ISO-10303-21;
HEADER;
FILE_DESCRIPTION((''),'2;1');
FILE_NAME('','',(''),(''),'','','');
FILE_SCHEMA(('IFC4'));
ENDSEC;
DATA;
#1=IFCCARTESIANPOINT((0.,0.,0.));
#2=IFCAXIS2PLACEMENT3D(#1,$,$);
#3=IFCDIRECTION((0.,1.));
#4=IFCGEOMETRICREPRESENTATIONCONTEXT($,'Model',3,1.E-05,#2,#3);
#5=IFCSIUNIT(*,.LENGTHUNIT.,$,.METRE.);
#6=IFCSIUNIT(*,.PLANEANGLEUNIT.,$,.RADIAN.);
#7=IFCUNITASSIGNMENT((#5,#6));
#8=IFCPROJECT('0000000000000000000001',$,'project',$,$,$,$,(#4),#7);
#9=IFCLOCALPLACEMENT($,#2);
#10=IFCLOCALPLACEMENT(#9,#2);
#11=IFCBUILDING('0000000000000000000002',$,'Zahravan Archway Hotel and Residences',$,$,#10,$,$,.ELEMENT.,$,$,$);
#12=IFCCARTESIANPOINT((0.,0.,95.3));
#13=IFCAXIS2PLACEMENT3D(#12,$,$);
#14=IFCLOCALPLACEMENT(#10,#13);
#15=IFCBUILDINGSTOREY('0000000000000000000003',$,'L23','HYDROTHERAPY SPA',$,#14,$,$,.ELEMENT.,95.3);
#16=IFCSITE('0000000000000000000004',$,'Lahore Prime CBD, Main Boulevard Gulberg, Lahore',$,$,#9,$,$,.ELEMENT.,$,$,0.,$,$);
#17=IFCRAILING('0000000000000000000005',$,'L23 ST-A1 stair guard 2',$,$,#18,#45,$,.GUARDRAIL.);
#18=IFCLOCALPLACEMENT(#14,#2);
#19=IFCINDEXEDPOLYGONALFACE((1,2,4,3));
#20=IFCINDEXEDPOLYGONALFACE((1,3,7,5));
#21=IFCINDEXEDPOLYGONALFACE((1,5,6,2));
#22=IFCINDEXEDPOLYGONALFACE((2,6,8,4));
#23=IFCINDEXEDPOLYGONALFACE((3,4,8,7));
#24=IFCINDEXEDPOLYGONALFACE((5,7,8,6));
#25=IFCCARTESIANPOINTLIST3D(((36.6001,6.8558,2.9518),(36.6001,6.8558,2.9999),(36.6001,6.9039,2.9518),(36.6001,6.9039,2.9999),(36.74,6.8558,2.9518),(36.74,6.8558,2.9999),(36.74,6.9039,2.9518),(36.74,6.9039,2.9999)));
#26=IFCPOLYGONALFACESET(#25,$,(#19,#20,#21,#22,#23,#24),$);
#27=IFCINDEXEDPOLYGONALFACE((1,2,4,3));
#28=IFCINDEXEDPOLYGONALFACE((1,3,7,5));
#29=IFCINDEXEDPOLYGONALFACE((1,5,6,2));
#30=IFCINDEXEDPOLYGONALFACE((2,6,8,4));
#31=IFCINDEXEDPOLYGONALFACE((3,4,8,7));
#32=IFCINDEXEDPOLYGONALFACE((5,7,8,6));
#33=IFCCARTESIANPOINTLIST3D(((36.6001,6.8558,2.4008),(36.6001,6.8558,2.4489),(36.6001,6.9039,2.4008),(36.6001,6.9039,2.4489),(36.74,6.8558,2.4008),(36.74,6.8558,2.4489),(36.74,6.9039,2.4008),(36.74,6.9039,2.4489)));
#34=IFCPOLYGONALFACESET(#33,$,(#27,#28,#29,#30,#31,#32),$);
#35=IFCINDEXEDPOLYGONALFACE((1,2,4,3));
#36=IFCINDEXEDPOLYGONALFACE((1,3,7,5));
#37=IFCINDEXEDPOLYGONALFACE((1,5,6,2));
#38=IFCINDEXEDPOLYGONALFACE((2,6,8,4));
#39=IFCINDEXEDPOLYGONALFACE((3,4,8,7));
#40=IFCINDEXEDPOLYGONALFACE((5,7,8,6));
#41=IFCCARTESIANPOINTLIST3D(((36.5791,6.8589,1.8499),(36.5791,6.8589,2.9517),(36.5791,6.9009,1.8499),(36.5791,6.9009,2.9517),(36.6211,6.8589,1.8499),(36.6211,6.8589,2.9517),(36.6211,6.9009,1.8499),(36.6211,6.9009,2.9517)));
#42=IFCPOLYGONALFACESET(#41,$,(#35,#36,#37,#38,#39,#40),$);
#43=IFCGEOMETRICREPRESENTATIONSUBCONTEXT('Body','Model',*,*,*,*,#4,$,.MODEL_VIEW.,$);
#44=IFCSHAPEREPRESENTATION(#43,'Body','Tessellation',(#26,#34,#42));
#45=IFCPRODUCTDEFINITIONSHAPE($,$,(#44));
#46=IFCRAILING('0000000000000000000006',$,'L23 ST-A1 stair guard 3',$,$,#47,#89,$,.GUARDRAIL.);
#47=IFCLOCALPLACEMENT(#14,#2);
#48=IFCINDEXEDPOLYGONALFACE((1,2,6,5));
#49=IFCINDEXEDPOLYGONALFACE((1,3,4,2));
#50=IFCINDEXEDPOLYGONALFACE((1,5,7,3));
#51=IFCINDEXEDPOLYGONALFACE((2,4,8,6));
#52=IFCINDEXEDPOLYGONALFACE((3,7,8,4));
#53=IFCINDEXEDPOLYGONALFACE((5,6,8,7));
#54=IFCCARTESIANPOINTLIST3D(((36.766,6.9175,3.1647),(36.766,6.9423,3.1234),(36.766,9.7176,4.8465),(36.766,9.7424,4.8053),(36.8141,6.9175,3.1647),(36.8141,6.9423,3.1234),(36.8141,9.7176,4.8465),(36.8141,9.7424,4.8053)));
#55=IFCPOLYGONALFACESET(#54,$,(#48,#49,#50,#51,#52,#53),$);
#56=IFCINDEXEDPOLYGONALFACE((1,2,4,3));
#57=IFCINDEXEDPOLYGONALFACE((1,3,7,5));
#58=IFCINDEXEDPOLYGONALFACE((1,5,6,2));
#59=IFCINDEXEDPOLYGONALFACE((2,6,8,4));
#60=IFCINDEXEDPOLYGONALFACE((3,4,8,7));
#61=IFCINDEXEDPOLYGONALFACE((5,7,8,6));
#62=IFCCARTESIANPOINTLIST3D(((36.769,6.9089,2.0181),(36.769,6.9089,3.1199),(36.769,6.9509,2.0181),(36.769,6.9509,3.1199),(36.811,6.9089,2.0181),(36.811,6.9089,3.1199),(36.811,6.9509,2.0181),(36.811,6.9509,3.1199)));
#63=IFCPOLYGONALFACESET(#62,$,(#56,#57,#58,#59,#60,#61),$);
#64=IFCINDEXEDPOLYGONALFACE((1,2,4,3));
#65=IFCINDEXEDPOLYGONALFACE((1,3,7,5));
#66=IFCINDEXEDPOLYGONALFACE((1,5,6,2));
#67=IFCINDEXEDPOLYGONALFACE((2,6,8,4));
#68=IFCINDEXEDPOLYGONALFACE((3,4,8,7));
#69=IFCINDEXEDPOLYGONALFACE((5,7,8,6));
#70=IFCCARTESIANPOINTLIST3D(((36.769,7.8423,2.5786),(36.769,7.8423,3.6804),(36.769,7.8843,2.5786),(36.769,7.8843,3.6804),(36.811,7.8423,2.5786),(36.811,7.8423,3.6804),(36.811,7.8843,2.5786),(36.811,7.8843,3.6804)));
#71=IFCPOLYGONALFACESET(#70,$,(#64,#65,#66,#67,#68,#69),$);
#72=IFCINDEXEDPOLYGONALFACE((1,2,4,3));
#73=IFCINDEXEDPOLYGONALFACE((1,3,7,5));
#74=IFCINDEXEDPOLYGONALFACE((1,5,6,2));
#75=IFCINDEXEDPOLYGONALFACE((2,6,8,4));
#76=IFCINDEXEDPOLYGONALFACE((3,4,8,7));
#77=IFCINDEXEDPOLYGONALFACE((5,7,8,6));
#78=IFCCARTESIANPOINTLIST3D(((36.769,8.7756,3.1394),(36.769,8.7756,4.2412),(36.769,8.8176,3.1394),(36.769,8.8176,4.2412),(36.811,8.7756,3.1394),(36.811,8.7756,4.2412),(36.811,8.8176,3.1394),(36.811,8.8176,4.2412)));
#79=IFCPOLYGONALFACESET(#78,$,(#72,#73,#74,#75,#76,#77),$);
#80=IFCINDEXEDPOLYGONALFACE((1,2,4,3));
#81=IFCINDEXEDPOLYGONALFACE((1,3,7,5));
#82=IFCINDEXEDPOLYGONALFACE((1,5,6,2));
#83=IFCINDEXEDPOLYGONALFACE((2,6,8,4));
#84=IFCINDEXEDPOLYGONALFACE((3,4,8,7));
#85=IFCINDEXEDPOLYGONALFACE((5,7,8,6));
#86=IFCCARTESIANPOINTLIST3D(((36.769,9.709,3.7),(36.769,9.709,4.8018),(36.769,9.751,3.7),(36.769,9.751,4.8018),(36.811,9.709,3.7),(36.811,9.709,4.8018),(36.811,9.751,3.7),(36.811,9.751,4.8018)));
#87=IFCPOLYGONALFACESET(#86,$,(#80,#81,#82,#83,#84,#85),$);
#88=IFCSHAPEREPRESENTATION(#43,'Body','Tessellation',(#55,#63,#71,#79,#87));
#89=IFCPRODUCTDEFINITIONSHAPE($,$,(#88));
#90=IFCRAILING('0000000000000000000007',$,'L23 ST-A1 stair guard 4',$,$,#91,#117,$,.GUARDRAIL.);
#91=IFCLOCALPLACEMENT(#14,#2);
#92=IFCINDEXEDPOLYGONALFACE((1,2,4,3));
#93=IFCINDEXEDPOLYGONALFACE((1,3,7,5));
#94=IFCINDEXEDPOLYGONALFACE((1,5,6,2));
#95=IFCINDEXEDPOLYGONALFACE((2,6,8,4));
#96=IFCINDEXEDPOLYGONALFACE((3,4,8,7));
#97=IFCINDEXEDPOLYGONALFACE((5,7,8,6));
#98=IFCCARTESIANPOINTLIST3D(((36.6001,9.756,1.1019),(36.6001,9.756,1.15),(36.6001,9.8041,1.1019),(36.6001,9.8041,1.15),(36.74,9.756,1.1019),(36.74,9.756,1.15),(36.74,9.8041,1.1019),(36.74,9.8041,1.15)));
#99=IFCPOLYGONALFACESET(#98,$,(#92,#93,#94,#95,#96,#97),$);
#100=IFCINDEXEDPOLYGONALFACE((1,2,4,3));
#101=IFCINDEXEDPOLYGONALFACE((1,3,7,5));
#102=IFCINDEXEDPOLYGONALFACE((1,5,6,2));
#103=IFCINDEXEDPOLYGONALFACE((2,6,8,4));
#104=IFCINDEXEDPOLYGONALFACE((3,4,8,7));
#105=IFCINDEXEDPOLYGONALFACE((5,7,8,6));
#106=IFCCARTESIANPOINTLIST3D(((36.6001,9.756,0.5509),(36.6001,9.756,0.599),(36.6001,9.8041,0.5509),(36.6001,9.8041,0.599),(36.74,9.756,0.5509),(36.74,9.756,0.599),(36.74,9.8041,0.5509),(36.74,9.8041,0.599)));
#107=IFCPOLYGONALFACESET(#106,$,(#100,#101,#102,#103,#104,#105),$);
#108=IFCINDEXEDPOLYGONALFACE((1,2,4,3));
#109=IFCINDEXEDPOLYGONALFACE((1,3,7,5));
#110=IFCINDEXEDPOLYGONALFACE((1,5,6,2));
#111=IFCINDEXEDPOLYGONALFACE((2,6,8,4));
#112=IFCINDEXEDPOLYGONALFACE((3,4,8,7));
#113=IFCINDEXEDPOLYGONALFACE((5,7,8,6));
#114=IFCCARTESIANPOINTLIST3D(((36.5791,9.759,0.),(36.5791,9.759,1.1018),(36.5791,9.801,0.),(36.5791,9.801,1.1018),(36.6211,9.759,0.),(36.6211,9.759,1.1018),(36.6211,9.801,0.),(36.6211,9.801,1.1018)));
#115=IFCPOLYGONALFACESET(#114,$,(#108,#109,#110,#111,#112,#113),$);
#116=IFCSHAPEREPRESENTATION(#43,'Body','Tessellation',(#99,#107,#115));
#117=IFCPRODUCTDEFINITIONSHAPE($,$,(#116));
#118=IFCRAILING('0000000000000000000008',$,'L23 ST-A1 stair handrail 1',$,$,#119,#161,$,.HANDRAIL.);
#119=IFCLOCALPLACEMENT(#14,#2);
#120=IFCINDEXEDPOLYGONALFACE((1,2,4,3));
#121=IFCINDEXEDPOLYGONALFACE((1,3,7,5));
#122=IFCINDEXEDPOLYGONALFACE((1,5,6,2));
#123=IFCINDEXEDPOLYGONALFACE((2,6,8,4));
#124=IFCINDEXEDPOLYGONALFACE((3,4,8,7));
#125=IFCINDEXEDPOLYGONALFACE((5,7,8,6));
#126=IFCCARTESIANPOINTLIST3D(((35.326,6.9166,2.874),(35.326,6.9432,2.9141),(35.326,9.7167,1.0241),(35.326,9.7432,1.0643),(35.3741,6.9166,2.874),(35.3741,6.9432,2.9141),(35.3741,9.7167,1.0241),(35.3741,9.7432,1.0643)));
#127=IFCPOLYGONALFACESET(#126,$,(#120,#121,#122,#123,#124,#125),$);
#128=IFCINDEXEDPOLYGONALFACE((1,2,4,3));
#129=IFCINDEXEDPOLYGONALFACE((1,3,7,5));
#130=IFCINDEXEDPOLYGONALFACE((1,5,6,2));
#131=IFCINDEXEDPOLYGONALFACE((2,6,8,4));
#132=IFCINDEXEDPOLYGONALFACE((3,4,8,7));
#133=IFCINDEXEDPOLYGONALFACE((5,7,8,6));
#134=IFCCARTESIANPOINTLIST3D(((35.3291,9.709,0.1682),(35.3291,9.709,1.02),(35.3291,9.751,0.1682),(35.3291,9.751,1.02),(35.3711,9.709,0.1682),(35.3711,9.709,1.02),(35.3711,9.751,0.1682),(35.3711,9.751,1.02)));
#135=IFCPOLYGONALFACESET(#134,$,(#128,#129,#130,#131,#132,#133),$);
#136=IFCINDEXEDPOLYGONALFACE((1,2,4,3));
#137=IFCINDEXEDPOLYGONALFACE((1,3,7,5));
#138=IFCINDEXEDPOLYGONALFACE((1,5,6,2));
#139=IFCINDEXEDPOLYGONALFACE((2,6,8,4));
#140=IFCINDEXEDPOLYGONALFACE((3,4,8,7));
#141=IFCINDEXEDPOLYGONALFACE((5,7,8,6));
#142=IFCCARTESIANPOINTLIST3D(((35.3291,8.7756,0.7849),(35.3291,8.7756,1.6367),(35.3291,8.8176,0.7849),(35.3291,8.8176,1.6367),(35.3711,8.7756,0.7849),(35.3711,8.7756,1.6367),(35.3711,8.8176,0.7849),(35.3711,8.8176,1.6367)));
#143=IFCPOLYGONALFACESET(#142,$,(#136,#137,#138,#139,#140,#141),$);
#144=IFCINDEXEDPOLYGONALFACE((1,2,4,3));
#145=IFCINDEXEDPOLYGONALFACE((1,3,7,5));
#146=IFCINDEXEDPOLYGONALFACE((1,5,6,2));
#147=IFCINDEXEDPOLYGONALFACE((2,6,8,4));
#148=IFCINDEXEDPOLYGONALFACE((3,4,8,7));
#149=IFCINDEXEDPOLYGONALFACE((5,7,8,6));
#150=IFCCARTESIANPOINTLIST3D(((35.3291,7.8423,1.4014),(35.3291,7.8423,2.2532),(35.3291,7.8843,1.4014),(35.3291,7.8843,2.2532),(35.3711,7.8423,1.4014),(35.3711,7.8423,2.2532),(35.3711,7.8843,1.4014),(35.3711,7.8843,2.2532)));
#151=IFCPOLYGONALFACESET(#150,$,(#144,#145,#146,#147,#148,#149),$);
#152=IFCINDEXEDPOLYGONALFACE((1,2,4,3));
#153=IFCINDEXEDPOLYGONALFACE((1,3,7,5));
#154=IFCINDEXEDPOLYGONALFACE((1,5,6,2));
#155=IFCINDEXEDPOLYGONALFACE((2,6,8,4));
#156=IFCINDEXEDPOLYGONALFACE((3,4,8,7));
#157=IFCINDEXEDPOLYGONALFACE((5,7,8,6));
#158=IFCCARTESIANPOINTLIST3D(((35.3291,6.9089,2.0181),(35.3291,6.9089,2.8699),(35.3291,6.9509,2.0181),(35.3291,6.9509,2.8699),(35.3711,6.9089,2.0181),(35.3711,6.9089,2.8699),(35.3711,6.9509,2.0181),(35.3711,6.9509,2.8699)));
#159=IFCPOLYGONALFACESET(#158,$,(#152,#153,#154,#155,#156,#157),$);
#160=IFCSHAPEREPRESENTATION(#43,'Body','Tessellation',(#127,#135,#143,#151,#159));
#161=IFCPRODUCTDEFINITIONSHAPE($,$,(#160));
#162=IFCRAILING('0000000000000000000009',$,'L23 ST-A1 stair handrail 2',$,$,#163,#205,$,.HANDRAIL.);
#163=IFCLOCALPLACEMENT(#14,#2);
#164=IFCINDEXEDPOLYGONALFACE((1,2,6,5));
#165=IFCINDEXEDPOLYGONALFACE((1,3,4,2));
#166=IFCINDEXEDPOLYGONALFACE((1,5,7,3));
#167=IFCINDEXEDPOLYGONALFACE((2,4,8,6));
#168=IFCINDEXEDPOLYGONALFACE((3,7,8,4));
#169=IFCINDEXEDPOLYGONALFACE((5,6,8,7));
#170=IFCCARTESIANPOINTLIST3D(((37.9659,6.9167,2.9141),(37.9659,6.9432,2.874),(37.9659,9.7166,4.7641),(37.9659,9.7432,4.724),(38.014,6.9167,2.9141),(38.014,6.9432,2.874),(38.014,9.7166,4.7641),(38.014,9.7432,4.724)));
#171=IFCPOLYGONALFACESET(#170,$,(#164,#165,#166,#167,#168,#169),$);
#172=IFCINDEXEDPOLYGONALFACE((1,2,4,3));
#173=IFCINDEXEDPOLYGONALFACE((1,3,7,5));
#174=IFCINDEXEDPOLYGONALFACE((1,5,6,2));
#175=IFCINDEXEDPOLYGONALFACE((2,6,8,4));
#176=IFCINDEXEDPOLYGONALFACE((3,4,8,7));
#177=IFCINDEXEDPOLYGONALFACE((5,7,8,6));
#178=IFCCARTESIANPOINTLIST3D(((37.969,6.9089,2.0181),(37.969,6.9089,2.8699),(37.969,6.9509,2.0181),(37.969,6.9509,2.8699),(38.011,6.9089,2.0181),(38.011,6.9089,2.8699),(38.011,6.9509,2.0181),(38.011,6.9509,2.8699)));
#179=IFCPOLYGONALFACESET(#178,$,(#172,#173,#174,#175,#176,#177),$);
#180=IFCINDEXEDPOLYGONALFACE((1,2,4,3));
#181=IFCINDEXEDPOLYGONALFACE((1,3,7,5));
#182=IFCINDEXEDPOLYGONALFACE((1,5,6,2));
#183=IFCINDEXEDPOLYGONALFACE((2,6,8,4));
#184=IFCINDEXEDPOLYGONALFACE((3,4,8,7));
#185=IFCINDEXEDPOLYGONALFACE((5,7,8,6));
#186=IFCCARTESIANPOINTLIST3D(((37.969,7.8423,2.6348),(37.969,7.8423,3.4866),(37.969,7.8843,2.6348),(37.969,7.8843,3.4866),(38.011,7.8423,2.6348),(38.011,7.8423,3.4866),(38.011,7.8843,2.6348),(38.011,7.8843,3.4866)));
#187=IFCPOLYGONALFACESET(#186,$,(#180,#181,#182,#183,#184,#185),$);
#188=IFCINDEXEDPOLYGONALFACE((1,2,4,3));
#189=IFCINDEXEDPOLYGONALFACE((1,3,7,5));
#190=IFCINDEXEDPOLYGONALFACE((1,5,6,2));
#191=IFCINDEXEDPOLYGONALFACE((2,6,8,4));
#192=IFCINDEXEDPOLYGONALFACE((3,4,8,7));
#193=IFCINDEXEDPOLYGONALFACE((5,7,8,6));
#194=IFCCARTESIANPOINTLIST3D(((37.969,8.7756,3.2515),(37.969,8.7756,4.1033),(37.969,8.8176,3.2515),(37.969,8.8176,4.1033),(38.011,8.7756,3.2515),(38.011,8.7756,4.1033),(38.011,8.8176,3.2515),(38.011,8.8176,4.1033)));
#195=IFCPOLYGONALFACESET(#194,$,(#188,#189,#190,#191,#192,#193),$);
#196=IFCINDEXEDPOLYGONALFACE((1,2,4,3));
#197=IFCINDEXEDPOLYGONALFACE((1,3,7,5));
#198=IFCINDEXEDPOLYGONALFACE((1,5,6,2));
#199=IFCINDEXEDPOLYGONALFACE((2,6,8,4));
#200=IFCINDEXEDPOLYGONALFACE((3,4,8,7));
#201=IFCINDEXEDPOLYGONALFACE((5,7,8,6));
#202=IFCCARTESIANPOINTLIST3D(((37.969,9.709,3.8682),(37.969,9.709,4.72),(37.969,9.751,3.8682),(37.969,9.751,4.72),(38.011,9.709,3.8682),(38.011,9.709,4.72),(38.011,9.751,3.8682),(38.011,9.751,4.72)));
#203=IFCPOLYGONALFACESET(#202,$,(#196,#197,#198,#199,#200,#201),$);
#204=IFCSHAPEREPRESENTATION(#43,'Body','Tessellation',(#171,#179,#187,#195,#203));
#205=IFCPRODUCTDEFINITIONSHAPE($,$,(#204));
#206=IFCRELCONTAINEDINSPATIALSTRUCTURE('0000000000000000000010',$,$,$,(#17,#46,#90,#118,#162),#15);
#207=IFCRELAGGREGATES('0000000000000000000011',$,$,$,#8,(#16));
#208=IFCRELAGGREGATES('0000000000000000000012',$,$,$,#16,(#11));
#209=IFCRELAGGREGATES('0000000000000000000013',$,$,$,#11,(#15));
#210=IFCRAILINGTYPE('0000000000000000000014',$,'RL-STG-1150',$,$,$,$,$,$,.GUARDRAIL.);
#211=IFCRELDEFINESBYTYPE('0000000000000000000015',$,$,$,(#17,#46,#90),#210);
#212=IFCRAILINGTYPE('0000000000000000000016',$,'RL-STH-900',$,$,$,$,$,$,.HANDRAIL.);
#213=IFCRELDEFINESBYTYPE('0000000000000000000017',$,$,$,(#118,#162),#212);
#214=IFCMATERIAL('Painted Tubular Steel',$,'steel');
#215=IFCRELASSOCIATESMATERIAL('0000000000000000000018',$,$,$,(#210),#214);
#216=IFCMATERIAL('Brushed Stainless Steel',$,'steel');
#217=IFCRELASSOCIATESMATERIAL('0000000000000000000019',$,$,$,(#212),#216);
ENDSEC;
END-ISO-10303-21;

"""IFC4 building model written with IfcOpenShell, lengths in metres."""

from ifc_helpers import new_model, si_unit, direction, frame, origin, origin_2d, place, context, subcontext, project, spatial, rectangle, extrude, material, type_object, element, save


model = new_model("IFC4")

# Units and contexts
model_context = context("Model", 3, precision=1e-05, world=origin(), true_north=direction((0.0, 1.0)))
body_context = subcontext(model_context, "Body", "Model", "MODEL_VIEW")
ifc_project = project(units=[si_unit("LENGTHUNIT", "METRE"), si_unit("PLANEANGLEUNIT", "RADIAN")], contexts=[model_context])

# Site, building, storey
site_placement = place(None, origin())
site = spatial("IfcSite", under=ifc_project, at=site_placement, Name="Lahore Prime CBD, Main Boulevard Gulberg, Lahore", CompositionType="ELEMENT", RefElevation=0.0)
building_placement = place(site_placement, origin())
building = spatial("IfcBuilding", under=site, at=building_placement, Name="Zahravan Archway Hotel and Residences", CompositionType="ELEMENT")
storey_placement = place(building_placement, frame((0.0, 0.0, 95.3)))
storey = spatial("IfcBuildingStorey", under=building, at=storey_placement, Name="L23", Description="HYDROTHERAPY SPA", CompositionType="ELEMENT", Elevation=95.3)

# Shared definitions
ifc_material_1 = material(Name="Brushed Stainless Steel", Category="steel")

# Railings
ifc_material_2 = material(Name="Painted Tubular Steel", Category="steel")
railing_type_1 = type_object("IfcRailingType", Name="RL-STG-1150", PredefinedType="GUARDRAIL", material=ifc_material_2)
railing_1_placement = place(storey_placement, frame((36.6001, 6.8799, 1.8499)))
element("IfcRailing", 1, at=railing_1_placement, inside=storey, type_object=railing_type_1, Name="L23 ST-A1 stair guard 2", PredefinedType="GUARDRAIL", context=body_context, shape_type="SweptSolid", body=[
    extrude(rectangle(XDim=0.0481, YDim=0.0481, at=origin_2d()), frame((0.0, 0.0, 1.126), z_axis=(1.0, 0.0, 0.0), x_axis=(0.0, 1.0, 0.0)), (0.0, 0.0, 1.0), 0.1399),
    extrude(rectangle(XDim=0.0481, YDim=0.0481, at=origin_2d()), frame((0.0, 0.0, 0.575), z_axis=(1.0, 0.0, 0.0), x_axis=(0.0, 1.0, 0.0)), (0.0, 0.0, 1.0), 0.1399),
    extrude(rectangle(XDim=0.042, YDim=0.042, at=origin_2d()), origin(), (0.0, 0.0, 1.0), 1.1018),
])
railing_2_placement = place(storey_placement, frame((36.79, 6.9299, 2.0181)))
element("IfcRailing", 2, at=railing_2_placement, inside=storey, type_object=railing_type_1, Name="L23 ST-A1 stair guard 3", PredefinedType="GUARDRAIL", context=body_context, shape_type="SweptSolid", body=[
    extrude(rectangle(XDim=0.0481, YDim=0.0481, at=origin_2d()), frame((0.0, 0.0, 1.126), z_axis=(0.0, 0.857242, 0.514913), x_axis=(-1.0, 0.0, 0.0)), (0.0, 0.0, 1.0), 3.2664),
    extrude(rectangle(XDim=0.042, YDim=0.042, at=origin_2d()), origin(), (0.0, 0.0, 1.0), 1.1018),
    extrude(rectangle(XDim=0.042, YDim=0.042, at=origin_2d()), frame((0.0, 0.9333, 0.5605)), (0.0, 0.0, 1.0), 1.1018),
    extrude(rectangle(XDim=0.042, YDim=0.042, at=origin_2d()), frame((0.0, 1.8667, 1.1213)), (0.0, 0.0, 1.0), 1.1018),
    extrude(rectangle(XDim=0.042, YDim=0.042, at=origin_2d()), frame((0.0, 2.8, 1.6819)), (0.0, 0.0, 1.0), 1.1018),
])
railing_3_placement = place(storey_placement, frame((36.6001, 9.78, 0.0)))
element("IfcRailing", 3, at=railing_3_placement, inside=storey, type_object=railing_type_1, Name="L23 ST-A1 stair guard 4", PredefinedType="GUARDRAIL", context=body_context, shape_type="SweptSolid", body=[
    extrude(rectangle(XDim=0.0481, YDim=0.0481, at=origin_2d()), frame((0.0, 0.0, 1.126), z_axis=(1.0, 0.0, 0.0), x_axis=(0.0, 1.0, 0.0)), (0.0, 0.0, 1.0), 0.1399),
    extrude(rectangle(XDim=0.0481, YDim=0.0481, at=origin_2d()), frame((0.0, 0.0, 0.575), z_axis=(1.0, 0.0, 0.0), x_axis=(0.0, 1.0, 0.0)), (0.0, 0.0, 1.0), 0.1399),
    extrude(rectangle(XDim=0.042, YDim=0.042, at=origin_2d()), origin(), (0.0, 0.0, 1.0), 1.1018),
])
railing_type_2 = type_object("IfcRailingType", Name="RL-STH-900", PredefinedType="HANDRAIL", material=ifc_material_1)
railing_4_placement = place(storey_placement, frame((35.3501, 9.73, 0.1682)))
element("IfcRailing", 4, at=railing_4_placement, inside=storey, type_object=railing_type_2, Name="L23 ST-A1 stair handrail 1", PredefinedType="HANDRAIL", context=body_context, shape_type="SweptSolid", body=[
    extrude(rectangle(XDim=0.0481, YDim=0.0481, at=origin_2d()), frame((0.0, 0.0, 0.876), z_axis=(0.0, -0.83436, 0.55122), x_axis=(1.0, 0.0, 0.0)), (0.0, 0.0, 1.0), 3.356),
    extrude(rectangle(XDim=0.042, YDim=0.042, at=origin_2d()), origin(), (0.0, 0.0, 1.0), 0.8518),
    extrude(rectangle(XDim=0.042, YDim=0.042, at=origin_2d()), frame((0.0, -0.9333, 0.6167)), (0.0, 0.0, 1.0), 0.8518),
    extrude(rectangle(XDim=0.042, YDim=0.042, at=origin_2d()), frame((0.0, -1.8667, 1.2332)), (0.0, 0.0, 1.0), 0.8518),
    extrude(rectangle(XDim=0.042, YDim=0.042, at=origin_2d()), frame((0.0, -2.8, 1.8499)), (0.0, 0.0, 1.0), 0.8518),
])
railing_5_placement = place(storey_placement, frame((37.99, 6.9299, 2.0181)))
element("IfcRailing", 5, at=railing_5_placement, inside=storey, type_object=railing_type_2, Name="L23 ST-A1 stair handrail 2", PredefinedType="HANDRAIL", context=body_context, shape_type="SweptSolid", body=[
    extrude(rectangle(XDim=0.0481, YDim=0.0481, at=origin_2d()), frame((0.0, 0.0, 0.876), z_axis=(0.0, 0.834326, 0.551271), x_axis=(-1.0, 0.0, 0.0)), (0.0, 0.0, 1.0), 3.356),
    extrude(rectangle(XDim=0.042, YDim=0.042, at=origin_2d()), origin(), (0.0, 0.0, 1.0), 0.8518),
    extrude(rectangle(XDim=0.042, YDim=0.042, at=origin_2d()), frame((0.0, 0.9333, 0.6167)), (0.0, 0.0, 1.0), 0.8518),
    extrude(rectangle(XDim=0.042, YDim=0.042, at=origin_2d()), frame((0.0, 1.8667, 1.2334)), (0.0, 0.0, 1.0), 0.8518),
    extrude(rectangle(XDim=0.042, YDim=0.042, at=origin_2d()), frame((0.0, 2.8, 1.8501)), (0.0, 0.0, 1.0), 0.8518),
])

save(model, "model.ifc")
